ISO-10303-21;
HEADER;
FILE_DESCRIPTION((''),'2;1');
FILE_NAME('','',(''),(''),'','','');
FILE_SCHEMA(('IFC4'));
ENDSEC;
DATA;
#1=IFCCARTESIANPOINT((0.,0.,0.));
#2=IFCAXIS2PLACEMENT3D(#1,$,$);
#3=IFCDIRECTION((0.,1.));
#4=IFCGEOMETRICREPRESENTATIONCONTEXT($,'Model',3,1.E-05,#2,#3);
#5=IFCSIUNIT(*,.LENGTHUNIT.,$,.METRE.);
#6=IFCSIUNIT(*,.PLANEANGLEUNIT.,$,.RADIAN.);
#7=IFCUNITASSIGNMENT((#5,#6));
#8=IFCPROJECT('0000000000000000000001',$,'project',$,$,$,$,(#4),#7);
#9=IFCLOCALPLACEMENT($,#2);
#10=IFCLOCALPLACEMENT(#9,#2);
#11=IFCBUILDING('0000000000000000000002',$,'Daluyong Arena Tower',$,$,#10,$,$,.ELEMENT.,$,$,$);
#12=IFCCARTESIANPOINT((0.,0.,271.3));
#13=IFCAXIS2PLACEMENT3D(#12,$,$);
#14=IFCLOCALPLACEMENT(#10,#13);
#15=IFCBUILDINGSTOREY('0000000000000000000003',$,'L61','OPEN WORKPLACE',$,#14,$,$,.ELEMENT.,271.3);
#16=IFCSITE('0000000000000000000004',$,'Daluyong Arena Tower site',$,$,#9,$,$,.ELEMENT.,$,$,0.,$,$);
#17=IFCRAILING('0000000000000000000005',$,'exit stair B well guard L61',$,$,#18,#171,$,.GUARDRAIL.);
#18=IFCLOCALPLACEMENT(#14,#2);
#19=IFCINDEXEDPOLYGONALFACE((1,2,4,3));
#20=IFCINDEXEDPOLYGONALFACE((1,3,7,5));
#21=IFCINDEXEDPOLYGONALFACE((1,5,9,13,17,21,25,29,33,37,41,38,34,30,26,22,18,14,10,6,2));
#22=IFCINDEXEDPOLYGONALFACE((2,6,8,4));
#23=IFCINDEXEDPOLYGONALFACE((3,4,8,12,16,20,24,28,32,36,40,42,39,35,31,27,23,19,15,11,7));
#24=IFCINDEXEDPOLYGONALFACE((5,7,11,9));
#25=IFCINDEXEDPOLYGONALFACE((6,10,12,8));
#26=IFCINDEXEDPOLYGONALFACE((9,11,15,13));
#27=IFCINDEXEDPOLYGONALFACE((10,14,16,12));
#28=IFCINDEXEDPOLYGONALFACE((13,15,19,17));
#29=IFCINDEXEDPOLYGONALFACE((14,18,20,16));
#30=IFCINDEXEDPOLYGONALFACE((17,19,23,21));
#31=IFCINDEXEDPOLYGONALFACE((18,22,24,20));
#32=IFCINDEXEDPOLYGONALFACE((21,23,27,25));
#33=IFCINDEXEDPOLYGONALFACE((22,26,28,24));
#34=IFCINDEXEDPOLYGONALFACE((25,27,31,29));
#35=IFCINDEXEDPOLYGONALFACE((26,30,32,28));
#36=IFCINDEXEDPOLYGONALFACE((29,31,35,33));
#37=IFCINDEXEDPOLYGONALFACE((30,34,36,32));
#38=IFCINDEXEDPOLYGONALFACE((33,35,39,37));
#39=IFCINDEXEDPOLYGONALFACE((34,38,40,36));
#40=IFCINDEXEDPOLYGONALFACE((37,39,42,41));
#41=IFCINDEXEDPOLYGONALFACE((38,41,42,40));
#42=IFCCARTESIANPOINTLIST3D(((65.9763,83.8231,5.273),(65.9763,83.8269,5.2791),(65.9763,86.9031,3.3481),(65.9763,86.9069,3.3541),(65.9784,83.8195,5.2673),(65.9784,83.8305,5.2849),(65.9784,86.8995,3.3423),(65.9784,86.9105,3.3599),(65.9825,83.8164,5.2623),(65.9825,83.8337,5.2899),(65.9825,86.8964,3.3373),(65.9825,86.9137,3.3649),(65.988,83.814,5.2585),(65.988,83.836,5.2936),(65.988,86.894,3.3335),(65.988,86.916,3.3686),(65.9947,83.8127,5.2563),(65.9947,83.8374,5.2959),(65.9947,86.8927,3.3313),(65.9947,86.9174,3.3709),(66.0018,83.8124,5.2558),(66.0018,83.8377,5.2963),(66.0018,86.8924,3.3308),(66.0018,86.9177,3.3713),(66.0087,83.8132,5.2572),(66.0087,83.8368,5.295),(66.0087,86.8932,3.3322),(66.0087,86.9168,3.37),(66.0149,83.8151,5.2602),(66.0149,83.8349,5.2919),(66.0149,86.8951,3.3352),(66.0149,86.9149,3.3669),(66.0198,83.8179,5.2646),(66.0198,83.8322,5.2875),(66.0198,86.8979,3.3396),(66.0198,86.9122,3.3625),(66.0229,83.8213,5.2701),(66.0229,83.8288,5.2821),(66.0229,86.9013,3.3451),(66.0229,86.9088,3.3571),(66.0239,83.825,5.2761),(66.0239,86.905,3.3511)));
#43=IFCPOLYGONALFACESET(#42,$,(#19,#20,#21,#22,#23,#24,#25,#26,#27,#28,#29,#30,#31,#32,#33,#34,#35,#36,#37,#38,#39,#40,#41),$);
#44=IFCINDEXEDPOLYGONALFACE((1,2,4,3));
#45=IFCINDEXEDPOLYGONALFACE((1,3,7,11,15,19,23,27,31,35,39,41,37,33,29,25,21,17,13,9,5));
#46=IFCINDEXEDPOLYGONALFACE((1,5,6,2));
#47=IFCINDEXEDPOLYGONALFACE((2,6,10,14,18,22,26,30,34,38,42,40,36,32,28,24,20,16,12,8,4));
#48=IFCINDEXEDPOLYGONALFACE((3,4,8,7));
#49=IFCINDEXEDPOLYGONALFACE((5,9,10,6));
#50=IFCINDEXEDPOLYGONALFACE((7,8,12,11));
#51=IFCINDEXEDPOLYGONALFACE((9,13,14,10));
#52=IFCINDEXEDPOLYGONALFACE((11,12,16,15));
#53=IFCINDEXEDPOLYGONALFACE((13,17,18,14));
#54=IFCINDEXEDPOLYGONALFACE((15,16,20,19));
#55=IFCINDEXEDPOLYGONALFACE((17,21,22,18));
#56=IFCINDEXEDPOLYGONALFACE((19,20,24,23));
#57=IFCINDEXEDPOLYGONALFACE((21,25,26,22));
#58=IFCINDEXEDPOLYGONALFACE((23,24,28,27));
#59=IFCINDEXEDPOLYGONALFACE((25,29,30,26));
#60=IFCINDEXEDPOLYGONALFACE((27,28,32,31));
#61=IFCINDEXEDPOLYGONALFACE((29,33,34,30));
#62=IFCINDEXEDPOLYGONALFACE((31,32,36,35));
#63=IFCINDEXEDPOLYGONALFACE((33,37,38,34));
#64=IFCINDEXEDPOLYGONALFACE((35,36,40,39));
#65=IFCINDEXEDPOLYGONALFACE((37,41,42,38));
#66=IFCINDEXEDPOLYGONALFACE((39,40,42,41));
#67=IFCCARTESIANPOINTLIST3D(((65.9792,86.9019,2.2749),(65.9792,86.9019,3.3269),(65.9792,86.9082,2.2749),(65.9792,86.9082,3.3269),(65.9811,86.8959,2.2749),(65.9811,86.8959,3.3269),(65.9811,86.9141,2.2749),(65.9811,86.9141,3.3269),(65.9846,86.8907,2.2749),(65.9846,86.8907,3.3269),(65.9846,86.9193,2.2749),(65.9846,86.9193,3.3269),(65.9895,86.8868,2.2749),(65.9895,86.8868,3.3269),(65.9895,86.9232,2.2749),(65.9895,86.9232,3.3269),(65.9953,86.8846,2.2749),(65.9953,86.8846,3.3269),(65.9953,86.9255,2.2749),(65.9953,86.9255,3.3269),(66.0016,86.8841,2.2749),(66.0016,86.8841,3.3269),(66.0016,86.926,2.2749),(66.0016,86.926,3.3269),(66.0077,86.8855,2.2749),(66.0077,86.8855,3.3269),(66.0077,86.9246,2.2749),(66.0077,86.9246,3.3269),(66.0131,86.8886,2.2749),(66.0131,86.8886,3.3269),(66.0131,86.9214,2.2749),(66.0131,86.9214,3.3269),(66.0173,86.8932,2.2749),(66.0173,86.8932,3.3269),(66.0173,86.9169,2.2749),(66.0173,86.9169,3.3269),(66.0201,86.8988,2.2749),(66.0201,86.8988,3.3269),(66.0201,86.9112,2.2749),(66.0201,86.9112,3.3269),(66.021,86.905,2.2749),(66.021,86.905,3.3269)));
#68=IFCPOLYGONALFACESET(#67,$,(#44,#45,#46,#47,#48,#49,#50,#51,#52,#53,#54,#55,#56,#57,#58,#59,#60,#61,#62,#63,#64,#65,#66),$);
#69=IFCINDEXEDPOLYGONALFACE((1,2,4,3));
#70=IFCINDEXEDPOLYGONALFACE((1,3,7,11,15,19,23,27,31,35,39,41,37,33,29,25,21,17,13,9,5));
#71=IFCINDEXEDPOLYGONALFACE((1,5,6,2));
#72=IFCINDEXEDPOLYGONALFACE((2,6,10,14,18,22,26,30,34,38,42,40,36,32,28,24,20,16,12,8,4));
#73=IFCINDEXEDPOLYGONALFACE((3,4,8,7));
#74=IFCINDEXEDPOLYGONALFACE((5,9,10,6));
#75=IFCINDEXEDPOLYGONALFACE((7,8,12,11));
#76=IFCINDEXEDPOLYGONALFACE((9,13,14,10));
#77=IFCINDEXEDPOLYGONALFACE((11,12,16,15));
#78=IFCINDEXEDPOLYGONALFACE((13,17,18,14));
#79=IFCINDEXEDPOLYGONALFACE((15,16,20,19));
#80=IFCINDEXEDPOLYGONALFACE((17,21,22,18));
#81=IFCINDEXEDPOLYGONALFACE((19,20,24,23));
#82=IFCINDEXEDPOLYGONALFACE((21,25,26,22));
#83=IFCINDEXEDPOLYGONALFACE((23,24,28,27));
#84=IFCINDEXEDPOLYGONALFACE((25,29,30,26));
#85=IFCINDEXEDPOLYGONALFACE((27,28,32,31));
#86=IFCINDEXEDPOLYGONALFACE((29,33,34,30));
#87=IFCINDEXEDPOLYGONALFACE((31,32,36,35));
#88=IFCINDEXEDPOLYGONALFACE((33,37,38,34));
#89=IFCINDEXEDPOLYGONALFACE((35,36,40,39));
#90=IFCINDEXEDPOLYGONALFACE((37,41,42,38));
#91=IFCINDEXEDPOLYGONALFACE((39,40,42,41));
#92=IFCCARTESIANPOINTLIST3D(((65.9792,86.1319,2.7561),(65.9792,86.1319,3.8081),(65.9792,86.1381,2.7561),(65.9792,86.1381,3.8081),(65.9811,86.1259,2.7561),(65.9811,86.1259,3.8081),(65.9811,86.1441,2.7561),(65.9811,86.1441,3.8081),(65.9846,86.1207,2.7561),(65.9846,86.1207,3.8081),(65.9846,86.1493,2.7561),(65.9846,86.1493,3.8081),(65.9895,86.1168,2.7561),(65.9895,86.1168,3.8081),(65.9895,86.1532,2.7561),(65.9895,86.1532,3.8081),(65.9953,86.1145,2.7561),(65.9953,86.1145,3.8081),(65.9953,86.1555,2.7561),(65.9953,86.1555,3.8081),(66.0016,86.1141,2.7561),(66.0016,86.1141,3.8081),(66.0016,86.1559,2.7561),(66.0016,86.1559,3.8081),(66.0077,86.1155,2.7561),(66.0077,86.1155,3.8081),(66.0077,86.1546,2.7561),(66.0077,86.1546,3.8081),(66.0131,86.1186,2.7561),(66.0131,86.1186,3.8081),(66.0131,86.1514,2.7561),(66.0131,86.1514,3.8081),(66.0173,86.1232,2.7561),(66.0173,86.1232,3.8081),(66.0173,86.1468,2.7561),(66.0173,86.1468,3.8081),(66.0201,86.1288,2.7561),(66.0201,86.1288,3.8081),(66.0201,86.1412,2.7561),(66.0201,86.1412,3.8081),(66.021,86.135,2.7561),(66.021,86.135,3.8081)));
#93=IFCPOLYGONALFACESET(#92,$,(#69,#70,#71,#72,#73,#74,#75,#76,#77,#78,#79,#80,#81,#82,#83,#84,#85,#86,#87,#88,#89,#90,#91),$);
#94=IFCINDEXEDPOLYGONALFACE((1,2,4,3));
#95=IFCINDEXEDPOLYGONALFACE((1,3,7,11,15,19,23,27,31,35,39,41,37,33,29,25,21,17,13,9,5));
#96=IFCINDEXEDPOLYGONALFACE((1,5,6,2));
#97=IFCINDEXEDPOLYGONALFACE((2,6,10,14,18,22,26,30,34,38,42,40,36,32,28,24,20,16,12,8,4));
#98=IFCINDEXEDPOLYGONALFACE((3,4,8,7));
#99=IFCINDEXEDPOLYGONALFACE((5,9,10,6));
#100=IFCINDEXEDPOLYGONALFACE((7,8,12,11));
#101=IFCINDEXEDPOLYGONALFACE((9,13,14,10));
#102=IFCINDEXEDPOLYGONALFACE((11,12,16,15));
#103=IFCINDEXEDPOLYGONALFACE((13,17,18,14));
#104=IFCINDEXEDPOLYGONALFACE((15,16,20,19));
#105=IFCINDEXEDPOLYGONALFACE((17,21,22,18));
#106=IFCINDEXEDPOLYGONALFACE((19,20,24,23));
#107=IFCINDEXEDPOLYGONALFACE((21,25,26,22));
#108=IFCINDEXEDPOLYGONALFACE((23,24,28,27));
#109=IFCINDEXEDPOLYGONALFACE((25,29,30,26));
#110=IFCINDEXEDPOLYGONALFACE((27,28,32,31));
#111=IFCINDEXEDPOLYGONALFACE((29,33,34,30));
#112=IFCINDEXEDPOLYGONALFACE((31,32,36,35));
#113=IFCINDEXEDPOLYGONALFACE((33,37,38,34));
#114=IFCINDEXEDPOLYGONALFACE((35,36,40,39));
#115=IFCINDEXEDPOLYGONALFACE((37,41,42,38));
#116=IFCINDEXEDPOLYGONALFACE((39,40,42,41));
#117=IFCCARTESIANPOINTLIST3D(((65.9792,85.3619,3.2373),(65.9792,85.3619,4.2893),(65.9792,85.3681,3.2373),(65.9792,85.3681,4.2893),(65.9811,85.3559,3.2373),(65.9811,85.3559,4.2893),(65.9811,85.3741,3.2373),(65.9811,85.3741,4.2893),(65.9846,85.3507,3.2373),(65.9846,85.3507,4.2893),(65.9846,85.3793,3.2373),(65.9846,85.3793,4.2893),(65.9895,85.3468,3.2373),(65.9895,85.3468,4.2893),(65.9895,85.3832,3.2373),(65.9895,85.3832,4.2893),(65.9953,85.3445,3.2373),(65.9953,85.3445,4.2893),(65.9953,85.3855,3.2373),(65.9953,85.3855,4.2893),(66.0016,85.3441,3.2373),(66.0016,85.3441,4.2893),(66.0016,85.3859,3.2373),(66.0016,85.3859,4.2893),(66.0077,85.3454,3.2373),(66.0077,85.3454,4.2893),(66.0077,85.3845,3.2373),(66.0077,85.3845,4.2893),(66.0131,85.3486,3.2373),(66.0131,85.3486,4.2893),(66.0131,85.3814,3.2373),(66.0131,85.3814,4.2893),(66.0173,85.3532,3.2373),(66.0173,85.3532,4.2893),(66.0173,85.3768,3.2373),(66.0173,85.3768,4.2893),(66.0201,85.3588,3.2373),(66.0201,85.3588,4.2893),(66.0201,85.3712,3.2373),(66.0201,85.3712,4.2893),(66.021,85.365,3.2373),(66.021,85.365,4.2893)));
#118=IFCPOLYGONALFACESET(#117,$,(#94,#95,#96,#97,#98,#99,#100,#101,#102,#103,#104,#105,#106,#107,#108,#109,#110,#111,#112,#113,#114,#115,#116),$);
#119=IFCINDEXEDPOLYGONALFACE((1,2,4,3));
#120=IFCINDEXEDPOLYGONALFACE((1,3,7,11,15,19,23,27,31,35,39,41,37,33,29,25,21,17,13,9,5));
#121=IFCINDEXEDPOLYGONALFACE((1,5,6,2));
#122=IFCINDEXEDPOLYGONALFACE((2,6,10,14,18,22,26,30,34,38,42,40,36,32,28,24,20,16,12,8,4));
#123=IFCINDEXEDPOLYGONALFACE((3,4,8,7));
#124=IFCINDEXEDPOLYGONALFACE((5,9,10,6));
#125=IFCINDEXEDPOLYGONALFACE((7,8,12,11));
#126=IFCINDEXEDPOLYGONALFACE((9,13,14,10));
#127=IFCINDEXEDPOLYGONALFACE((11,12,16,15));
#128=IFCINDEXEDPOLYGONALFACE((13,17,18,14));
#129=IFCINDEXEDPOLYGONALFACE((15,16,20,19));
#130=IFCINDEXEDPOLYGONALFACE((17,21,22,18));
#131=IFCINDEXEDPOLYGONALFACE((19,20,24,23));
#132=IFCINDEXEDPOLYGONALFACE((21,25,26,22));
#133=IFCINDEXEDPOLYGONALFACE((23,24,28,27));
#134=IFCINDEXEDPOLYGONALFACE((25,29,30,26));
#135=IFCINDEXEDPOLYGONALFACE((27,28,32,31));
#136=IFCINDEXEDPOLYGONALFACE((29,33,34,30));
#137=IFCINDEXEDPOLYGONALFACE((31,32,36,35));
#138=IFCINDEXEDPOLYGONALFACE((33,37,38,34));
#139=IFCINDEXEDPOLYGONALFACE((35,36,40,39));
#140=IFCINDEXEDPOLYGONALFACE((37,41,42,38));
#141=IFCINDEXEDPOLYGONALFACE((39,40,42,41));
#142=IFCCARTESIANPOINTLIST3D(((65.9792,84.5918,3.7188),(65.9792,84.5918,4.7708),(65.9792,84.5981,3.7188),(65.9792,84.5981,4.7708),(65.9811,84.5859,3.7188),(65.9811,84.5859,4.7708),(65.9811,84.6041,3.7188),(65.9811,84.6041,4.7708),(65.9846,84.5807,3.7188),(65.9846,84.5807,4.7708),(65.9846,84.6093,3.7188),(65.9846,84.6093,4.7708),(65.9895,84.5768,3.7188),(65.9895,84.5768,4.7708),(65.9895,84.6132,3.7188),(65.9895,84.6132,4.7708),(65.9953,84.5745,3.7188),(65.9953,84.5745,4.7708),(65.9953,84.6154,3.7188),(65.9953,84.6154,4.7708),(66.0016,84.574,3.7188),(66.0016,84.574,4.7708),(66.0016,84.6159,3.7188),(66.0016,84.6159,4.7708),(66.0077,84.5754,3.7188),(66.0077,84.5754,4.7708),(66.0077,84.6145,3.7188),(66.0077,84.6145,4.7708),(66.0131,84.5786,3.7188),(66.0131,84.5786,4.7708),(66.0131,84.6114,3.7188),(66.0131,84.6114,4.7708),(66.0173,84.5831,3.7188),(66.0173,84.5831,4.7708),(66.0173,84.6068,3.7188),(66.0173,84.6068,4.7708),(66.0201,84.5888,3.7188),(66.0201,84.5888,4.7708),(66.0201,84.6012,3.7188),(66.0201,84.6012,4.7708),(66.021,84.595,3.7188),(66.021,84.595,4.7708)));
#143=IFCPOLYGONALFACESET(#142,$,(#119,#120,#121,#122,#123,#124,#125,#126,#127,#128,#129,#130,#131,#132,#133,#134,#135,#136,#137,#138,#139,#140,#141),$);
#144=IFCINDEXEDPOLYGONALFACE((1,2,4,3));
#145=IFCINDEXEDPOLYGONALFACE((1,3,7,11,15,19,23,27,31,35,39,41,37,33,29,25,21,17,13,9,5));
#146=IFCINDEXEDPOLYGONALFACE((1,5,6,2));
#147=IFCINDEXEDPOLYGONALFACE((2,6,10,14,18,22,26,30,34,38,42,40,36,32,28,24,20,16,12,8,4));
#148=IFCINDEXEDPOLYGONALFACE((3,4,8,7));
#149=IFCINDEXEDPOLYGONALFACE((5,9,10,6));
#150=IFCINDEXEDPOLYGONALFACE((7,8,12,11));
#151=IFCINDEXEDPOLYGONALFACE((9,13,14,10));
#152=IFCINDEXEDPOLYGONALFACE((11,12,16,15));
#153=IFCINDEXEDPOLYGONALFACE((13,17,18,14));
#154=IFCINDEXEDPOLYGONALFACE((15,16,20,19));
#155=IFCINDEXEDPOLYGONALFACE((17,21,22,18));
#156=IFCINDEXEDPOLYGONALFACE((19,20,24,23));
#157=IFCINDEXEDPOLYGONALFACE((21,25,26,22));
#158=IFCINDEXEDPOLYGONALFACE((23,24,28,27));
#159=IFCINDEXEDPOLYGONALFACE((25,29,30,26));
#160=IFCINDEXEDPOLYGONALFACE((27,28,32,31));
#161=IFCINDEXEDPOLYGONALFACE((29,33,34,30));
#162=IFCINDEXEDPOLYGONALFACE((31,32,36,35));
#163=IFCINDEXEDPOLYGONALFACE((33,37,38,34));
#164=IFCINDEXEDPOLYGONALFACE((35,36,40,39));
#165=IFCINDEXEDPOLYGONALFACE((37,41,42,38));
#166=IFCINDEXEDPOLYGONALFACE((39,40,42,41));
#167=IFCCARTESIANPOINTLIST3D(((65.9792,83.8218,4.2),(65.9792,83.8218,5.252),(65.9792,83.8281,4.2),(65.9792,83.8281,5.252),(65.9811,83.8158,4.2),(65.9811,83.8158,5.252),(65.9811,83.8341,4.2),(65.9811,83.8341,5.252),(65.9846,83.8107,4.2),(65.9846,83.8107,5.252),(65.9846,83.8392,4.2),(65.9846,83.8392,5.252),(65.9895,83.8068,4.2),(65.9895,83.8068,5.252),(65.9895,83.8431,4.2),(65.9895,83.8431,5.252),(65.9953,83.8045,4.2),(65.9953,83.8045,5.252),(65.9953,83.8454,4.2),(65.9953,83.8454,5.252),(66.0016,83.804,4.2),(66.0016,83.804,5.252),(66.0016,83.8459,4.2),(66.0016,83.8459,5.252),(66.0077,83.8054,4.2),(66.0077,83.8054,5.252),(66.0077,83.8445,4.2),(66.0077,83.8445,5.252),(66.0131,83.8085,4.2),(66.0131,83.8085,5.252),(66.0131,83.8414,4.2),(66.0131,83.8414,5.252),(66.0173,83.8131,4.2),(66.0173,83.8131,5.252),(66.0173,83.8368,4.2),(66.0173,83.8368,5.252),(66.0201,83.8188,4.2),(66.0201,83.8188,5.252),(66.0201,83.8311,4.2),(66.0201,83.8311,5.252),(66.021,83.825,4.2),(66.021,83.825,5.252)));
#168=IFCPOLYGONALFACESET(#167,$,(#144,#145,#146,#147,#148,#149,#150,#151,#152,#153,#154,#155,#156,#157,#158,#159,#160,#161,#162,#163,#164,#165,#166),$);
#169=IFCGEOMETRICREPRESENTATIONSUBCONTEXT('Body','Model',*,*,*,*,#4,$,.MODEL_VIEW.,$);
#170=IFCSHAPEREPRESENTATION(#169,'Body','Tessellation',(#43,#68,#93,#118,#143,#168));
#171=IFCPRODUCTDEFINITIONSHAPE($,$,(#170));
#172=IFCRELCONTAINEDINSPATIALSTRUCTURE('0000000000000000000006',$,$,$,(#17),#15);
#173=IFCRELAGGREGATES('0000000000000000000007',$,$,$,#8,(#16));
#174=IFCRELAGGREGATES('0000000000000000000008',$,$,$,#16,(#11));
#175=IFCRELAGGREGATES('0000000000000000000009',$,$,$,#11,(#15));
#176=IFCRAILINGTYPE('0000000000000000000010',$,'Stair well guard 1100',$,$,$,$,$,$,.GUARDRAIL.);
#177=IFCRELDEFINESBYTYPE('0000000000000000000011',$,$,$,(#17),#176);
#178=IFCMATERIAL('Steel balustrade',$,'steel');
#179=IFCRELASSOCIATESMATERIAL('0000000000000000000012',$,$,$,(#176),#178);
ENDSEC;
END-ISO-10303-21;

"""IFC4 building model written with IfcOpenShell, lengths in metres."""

from ifc_helpers import new_model, si_unit, direction, frame, origin, origin_2d, place, context, subcontext, project, spatial, circle, extrude, material, type_object, element, save


model = new_model("IFC4")

# Units and contexts
model_context = context("Model", 3, precision=1e-05, world=origin(), true_north=direction((0.0, 1.0)))
body_context = subcontext(model_context, "Body", "Model", "MODEL_VIEW")
ifc_project = project(units=[si_unit("LENGTHUNIT", "METRE"), si_unit("PLANEANGLEUNIT", "RADIAN")], contexts=[model_context])

# Site, building, storey
site_placement = place(None, origin())
site = spatial("IfcSite", under=ifc_project, at=site_placement, Name="Daluyong Arena Tower site", CompositionType="ELEMENT", RefElevation=0.0)
building_placement = place(site_placement, origin())
building = spatial("IfcBuilding", under=site, at=building_placement, Name="Daluyong Arena Tower", CompositionType="ELEMENT")
storey_placement = place(building_placement, frame((0.0, 0.0, 271.3)))
storey = spatial("IfcBuildingStorey", under=building, at=storey_placement, Name="L61", Description="OPEN WORKPLACE", CompositionType="ELEMENT", Elevation=271.3)

# Railing
ifc_material_1 = material(Name="Steel balustrade", Category="steel")
railing_type_1 = type_object("IfcRailingType", Name="Stair well guard 1100", PredefinedType="GUARDRAIL", material=ifc_material_1)
railing_1_placement = place(storey_placement, frame((66.0, 86.905, 2.2749)))
element("IfcRailing", 1, at=railing_1_placement, inside=storey, type_object=railing_type_1, Name="exit stair B well guard L61", PredefinedType="GUARDRAIL", context=body_context, shape_type="SweptSolid", body=[
    extrude(circle(Radius=0.0239, at=origin_2d()), frame((0.0, 0.0, 1.0762), z_axis=(0.0, -0.847998, 0.529999), x_axis=(1.0, 0.0, 0.0)), (0.0, 0.0, 1.0), 3.6321),
    extrude(circle(Radius=0.021, at=origin_2d()), origin(), (0.0, 0.0, 1.0), 1.052),
    extrude(circle(Radius=0.021, at=origin_2d()), frame((0.0, -0.77, 0.4812)), (0.0, 0.0, 1.0), 1.052),
    extrude(circle(Radius=0.021, at=origin_2d()), frame((0.0, -1.54, 0.9624)), (0.0, 0.0, 1.0), 1.052),
    extrude(circle(Radius=0.021, at=origin_2d()), frame((0.0, -2.3101, 1.4438)), (0.0, 0.0, 1.0), 1.052),
    extrude(circle(Radius=0.021, at=origin_2d()), frame((0.0, -3.0801, 1.925)), (0.0, 0.0, 1.0), 1.052),
])

save(model, "model.ifc")
